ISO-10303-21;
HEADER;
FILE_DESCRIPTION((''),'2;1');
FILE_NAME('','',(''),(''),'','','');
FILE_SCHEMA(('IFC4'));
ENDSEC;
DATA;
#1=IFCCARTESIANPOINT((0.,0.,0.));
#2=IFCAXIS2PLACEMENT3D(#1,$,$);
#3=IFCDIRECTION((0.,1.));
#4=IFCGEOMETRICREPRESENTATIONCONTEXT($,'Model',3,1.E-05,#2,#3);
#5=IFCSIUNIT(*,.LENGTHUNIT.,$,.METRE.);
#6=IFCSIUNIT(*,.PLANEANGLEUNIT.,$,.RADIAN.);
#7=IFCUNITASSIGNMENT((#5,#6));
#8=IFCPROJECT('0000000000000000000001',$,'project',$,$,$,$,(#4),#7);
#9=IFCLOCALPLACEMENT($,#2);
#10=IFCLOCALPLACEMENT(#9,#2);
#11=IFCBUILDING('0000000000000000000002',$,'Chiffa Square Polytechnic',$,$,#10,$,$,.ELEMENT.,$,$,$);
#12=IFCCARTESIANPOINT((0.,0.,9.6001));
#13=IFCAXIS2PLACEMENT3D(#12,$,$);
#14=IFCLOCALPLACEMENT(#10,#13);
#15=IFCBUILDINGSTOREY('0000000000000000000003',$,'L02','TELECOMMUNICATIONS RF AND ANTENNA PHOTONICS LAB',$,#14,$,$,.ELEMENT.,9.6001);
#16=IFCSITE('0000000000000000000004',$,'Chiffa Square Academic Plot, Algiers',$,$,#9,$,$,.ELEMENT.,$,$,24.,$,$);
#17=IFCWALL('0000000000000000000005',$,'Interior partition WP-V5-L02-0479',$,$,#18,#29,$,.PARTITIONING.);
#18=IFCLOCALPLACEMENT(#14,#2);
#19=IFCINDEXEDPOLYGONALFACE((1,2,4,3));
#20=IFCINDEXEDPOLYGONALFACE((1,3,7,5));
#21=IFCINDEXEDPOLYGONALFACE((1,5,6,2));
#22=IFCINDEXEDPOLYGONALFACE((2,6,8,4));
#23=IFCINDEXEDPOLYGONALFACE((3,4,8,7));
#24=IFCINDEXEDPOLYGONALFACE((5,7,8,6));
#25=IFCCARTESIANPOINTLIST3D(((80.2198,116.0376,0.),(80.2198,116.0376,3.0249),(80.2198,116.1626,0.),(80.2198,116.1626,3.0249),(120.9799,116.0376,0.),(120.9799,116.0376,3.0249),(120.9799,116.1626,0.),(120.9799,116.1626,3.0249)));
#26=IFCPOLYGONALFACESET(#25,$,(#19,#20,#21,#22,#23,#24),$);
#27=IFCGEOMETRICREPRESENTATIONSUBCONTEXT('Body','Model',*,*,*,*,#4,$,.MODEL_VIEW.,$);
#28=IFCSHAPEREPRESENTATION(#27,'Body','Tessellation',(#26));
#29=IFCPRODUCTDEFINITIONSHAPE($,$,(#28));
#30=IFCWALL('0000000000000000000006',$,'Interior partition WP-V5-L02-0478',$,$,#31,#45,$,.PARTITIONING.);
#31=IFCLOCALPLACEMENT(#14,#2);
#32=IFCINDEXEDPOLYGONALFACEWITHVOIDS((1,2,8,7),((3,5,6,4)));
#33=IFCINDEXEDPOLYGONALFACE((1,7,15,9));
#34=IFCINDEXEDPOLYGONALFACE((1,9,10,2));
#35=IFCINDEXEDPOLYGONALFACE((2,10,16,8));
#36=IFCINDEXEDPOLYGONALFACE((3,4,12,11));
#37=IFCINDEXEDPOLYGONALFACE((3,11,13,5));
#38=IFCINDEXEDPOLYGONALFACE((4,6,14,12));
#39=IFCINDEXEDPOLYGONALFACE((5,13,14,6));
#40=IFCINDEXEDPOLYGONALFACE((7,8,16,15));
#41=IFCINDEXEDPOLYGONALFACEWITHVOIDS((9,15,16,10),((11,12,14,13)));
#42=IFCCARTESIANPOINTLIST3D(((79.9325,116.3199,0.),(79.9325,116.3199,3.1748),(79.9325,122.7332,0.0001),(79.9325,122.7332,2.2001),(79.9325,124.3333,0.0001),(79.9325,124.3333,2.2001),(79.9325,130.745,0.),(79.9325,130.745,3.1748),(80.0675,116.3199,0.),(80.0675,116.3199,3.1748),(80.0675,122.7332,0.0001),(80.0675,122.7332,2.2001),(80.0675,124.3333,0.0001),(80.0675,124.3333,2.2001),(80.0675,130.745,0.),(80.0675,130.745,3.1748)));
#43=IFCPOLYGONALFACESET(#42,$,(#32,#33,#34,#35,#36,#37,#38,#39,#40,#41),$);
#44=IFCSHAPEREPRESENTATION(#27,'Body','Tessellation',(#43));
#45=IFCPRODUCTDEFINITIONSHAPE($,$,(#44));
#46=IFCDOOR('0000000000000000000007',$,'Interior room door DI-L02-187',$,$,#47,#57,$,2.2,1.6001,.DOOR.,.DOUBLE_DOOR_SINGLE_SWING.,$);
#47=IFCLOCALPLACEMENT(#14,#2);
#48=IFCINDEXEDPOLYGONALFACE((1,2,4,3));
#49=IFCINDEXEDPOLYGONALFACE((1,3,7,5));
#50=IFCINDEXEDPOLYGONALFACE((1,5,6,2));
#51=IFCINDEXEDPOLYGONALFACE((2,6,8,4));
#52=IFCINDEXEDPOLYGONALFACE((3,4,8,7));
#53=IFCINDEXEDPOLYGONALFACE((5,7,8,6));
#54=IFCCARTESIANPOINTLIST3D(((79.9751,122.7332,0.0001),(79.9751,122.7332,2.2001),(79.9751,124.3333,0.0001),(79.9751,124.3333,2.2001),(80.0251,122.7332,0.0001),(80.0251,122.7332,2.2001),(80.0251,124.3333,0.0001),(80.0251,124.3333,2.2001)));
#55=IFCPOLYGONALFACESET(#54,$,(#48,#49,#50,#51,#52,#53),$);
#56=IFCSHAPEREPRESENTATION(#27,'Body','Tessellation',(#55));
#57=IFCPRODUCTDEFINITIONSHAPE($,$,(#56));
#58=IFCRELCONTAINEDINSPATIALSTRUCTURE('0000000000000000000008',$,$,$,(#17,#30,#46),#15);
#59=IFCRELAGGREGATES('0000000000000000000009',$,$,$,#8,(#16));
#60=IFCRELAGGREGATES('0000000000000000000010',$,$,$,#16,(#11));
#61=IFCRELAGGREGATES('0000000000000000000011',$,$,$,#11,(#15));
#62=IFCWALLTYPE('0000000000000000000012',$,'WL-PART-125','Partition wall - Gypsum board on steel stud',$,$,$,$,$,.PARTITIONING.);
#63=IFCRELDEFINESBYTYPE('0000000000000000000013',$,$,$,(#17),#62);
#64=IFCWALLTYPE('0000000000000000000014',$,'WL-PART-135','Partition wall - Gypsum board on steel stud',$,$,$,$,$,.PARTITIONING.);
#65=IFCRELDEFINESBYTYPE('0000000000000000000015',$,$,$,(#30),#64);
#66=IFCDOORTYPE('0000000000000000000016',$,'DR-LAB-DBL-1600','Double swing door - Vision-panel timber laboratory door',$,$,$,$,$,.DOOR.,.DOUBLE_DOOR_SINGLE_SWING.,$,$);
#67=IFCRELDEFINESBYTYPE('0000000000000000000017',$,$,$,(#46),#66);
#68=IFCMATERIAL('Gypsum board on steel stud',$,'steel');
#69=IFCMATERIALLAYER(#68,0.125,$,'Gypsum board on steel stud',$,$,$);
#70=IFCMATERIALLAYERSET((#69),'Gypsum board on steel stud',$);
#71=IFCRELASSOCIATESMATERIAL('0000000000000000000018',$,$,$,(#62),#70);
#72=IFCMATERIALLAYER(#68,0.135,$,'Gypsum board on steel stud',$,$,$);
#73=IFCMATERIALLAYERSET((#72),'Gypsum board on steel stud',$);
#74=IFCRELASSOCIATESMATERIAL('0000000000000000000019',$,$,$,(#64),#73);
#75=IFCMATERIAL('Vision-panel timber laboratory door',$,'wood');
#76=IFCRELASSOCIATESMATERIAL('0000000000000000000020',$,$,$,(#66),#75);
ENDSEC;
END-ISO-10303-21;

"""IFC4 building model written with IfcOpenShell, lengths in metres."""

from ifc_helpers import new_model, si_unit, direction, frame, frame_2d, origin, place, context, subcontext, project, spatial, rectangle, extrude, material, layer, layer_set, type_object, element, fill, save


model = new_model("IFC4")

# Units and contexts
model_context = context("Model", 3, precision=1e-05, world=origin(), true_north=direction((0.0, 1.0)))
body_context = subcontext(model_context, "Body", "Model", "MODEL_VIEW")
ifc_project = project(units=[si_unit("LENGTHUNIT", "METRE"), si_unit("PLANEANGLEUNIT", "RADIAN")], contexts=[model_context])

# Site, building, storey
site_placement = place(None, origin())
site = spatial("IfcSite", under=ifc_project, at=site_placement, Name="Chiffa Square Academic Plot, Algiers", CompositionType="ELEMENT", RefElevation=24.0)
building_placement = place(site_placement, origin())
building = spatial("IfcBuilding", under=site, at=building_placement, Name="Chiffa Square Polytechnic", CompositionType="ELEMENT")
storey_placement = place(building_placement, frame((0.0, 0.0, 9.6001)))
storey = spatial("IfcBuildingStorey", under=building, at=storey_placement, Name="L02", Description="TELECOMMUNICATIONS RF AND ANTENNA PHOTONICS LAB", CompositionType="ELEMENT", Elevation=9.6001)

# Wall
ifc_material_1 = material(Name="Gypsum board on steel stud", Category="steel")
ifc_layer_1 = layer(ifc_material_1, 0.125, Name="Gypsum board on steel stud")
ifc_layer_set_1 = layer_set([ifc_layer_1], Name="Gypsum board on steel stud")
wall_type_1 = type_object("IfcWallType", Name="WL-PART-125", Description="Partition wall - Gypsum board on steel stud", PredefinedType="PARTITIONING", material=ifc_layer_set_1)
wall_1_placement = place(storey_placement, frame((80.22, 116.1001, 0.0), z_axis=(0.0, 0.0, 1.0), x_axis=(1.0, 0.0, 0.0)))
element("IfcWall", 1, at=wall_1_placement, inside=storey, type_object=wall_type_1, Name="Interior partition WP-V5-L02-0479", PredefinedType="PARTITIONING", context=body_context, shape_type="SweptSolid", body=[
    extrude(rectangle(XDim=40.76, YDim=0.125, at=frame_2d((20.3799, 0.0))), origin(), (0.0, 0.0, 1.0), 3.0249),
])

# Wall, opening, door
ifc_layer_2 = layer(ifc_material_1, 0.135, Name="Gypsum board on steel stud")
ifc_layer_set_2 = layer_set([ifc_layer_2], Name="Gypsum board on steel stud")
wall_type_2 = type_object("IfcWallType", Name="WL-PART-135", Description="Partition wall - Gypsum board on steel stud", PredefinedType="PARTITIONING", material=ifc_layer_set_2)
wall_2_placement = place(storey_placement, frame((80.0, 116.3201, 0.0), z_axis=(0.0, 0.0, 1.0), x_axis=(0.0, 1.0, 0.0)))
wall_2 = element("IfcWall", 2, at=wall_2_placement, inside=storey, type_object=wall_type_2, Name="Interior partition WP-V5-L02-0478", PredefinedType="PARTITIONING", context=body_context, shape_type="SweptSolid", body=[
    extrude(rectangle(XDim=14.425, YDim=0.135, at=frame_2d((7.2124, 0.0))), origin(), (0.0, 0.0, 1.0), 3.1748),
])
opening_1_placement = place(wall_2_placement, frame((6.4131, 0.0, 0.0)))
opening_1 = element("IfcOpeningElement", 3, at=opening_1_placement, cuts=wall_2, PredefinedType="OPENING", context=body_context, shape_type="SweptSolid", body=[
    extrude(rectangle(XDim=1.6001, YDim=2.2, at=frame_2d((0.8, 1.1001))), frame((0.0, 0.0776, 0.0), z_axis=(0.0, -1.0, 0.0), x_axis=(1.0, 0.0, 0.0)), (0.0, 0.0, 1.0), 0.155),
])
ifc_material_2 = material(Name="Vision-panel timber laboratory door", Category="wood")
door_type = type_object("IfcDoorType", Name="DR-LAB-DBL-1600", Description="Double swing door - Vision-panel timber laboratory door", OperationType="DOUBLE_DOOR_SINGLE_SWING", PredefinedType="DOOR", material=ifc_material_2)
door_placement = place(opening_1_placement, origin())
door = element("IfcDoor", 4, at=door_placement, inside=storey, type_object=door_type, Name="Interior room door DI-L02-187", OperationType="DOUBLE_DOOR_SINGLE_SWING", OverallHeight=2.2, OverallWidth=1.6001, PredefinedType="DOOR", context=body_context, shape_type="SweptSolid", body=[
    extrude(rectangle(XDim=1.6001, YDim=2.2, at=frame_2d((0.8, 1.1001))), frame((0.0, 0.0249, 0.0), z_axis=(0.0, -1.0, 0.0), x_axis=(1.0, 0.0, 0.0)), (0.0, 0.0, 1.0), 0.05),
])
fill(opening_1, door)

save(model, "model.ifc")
